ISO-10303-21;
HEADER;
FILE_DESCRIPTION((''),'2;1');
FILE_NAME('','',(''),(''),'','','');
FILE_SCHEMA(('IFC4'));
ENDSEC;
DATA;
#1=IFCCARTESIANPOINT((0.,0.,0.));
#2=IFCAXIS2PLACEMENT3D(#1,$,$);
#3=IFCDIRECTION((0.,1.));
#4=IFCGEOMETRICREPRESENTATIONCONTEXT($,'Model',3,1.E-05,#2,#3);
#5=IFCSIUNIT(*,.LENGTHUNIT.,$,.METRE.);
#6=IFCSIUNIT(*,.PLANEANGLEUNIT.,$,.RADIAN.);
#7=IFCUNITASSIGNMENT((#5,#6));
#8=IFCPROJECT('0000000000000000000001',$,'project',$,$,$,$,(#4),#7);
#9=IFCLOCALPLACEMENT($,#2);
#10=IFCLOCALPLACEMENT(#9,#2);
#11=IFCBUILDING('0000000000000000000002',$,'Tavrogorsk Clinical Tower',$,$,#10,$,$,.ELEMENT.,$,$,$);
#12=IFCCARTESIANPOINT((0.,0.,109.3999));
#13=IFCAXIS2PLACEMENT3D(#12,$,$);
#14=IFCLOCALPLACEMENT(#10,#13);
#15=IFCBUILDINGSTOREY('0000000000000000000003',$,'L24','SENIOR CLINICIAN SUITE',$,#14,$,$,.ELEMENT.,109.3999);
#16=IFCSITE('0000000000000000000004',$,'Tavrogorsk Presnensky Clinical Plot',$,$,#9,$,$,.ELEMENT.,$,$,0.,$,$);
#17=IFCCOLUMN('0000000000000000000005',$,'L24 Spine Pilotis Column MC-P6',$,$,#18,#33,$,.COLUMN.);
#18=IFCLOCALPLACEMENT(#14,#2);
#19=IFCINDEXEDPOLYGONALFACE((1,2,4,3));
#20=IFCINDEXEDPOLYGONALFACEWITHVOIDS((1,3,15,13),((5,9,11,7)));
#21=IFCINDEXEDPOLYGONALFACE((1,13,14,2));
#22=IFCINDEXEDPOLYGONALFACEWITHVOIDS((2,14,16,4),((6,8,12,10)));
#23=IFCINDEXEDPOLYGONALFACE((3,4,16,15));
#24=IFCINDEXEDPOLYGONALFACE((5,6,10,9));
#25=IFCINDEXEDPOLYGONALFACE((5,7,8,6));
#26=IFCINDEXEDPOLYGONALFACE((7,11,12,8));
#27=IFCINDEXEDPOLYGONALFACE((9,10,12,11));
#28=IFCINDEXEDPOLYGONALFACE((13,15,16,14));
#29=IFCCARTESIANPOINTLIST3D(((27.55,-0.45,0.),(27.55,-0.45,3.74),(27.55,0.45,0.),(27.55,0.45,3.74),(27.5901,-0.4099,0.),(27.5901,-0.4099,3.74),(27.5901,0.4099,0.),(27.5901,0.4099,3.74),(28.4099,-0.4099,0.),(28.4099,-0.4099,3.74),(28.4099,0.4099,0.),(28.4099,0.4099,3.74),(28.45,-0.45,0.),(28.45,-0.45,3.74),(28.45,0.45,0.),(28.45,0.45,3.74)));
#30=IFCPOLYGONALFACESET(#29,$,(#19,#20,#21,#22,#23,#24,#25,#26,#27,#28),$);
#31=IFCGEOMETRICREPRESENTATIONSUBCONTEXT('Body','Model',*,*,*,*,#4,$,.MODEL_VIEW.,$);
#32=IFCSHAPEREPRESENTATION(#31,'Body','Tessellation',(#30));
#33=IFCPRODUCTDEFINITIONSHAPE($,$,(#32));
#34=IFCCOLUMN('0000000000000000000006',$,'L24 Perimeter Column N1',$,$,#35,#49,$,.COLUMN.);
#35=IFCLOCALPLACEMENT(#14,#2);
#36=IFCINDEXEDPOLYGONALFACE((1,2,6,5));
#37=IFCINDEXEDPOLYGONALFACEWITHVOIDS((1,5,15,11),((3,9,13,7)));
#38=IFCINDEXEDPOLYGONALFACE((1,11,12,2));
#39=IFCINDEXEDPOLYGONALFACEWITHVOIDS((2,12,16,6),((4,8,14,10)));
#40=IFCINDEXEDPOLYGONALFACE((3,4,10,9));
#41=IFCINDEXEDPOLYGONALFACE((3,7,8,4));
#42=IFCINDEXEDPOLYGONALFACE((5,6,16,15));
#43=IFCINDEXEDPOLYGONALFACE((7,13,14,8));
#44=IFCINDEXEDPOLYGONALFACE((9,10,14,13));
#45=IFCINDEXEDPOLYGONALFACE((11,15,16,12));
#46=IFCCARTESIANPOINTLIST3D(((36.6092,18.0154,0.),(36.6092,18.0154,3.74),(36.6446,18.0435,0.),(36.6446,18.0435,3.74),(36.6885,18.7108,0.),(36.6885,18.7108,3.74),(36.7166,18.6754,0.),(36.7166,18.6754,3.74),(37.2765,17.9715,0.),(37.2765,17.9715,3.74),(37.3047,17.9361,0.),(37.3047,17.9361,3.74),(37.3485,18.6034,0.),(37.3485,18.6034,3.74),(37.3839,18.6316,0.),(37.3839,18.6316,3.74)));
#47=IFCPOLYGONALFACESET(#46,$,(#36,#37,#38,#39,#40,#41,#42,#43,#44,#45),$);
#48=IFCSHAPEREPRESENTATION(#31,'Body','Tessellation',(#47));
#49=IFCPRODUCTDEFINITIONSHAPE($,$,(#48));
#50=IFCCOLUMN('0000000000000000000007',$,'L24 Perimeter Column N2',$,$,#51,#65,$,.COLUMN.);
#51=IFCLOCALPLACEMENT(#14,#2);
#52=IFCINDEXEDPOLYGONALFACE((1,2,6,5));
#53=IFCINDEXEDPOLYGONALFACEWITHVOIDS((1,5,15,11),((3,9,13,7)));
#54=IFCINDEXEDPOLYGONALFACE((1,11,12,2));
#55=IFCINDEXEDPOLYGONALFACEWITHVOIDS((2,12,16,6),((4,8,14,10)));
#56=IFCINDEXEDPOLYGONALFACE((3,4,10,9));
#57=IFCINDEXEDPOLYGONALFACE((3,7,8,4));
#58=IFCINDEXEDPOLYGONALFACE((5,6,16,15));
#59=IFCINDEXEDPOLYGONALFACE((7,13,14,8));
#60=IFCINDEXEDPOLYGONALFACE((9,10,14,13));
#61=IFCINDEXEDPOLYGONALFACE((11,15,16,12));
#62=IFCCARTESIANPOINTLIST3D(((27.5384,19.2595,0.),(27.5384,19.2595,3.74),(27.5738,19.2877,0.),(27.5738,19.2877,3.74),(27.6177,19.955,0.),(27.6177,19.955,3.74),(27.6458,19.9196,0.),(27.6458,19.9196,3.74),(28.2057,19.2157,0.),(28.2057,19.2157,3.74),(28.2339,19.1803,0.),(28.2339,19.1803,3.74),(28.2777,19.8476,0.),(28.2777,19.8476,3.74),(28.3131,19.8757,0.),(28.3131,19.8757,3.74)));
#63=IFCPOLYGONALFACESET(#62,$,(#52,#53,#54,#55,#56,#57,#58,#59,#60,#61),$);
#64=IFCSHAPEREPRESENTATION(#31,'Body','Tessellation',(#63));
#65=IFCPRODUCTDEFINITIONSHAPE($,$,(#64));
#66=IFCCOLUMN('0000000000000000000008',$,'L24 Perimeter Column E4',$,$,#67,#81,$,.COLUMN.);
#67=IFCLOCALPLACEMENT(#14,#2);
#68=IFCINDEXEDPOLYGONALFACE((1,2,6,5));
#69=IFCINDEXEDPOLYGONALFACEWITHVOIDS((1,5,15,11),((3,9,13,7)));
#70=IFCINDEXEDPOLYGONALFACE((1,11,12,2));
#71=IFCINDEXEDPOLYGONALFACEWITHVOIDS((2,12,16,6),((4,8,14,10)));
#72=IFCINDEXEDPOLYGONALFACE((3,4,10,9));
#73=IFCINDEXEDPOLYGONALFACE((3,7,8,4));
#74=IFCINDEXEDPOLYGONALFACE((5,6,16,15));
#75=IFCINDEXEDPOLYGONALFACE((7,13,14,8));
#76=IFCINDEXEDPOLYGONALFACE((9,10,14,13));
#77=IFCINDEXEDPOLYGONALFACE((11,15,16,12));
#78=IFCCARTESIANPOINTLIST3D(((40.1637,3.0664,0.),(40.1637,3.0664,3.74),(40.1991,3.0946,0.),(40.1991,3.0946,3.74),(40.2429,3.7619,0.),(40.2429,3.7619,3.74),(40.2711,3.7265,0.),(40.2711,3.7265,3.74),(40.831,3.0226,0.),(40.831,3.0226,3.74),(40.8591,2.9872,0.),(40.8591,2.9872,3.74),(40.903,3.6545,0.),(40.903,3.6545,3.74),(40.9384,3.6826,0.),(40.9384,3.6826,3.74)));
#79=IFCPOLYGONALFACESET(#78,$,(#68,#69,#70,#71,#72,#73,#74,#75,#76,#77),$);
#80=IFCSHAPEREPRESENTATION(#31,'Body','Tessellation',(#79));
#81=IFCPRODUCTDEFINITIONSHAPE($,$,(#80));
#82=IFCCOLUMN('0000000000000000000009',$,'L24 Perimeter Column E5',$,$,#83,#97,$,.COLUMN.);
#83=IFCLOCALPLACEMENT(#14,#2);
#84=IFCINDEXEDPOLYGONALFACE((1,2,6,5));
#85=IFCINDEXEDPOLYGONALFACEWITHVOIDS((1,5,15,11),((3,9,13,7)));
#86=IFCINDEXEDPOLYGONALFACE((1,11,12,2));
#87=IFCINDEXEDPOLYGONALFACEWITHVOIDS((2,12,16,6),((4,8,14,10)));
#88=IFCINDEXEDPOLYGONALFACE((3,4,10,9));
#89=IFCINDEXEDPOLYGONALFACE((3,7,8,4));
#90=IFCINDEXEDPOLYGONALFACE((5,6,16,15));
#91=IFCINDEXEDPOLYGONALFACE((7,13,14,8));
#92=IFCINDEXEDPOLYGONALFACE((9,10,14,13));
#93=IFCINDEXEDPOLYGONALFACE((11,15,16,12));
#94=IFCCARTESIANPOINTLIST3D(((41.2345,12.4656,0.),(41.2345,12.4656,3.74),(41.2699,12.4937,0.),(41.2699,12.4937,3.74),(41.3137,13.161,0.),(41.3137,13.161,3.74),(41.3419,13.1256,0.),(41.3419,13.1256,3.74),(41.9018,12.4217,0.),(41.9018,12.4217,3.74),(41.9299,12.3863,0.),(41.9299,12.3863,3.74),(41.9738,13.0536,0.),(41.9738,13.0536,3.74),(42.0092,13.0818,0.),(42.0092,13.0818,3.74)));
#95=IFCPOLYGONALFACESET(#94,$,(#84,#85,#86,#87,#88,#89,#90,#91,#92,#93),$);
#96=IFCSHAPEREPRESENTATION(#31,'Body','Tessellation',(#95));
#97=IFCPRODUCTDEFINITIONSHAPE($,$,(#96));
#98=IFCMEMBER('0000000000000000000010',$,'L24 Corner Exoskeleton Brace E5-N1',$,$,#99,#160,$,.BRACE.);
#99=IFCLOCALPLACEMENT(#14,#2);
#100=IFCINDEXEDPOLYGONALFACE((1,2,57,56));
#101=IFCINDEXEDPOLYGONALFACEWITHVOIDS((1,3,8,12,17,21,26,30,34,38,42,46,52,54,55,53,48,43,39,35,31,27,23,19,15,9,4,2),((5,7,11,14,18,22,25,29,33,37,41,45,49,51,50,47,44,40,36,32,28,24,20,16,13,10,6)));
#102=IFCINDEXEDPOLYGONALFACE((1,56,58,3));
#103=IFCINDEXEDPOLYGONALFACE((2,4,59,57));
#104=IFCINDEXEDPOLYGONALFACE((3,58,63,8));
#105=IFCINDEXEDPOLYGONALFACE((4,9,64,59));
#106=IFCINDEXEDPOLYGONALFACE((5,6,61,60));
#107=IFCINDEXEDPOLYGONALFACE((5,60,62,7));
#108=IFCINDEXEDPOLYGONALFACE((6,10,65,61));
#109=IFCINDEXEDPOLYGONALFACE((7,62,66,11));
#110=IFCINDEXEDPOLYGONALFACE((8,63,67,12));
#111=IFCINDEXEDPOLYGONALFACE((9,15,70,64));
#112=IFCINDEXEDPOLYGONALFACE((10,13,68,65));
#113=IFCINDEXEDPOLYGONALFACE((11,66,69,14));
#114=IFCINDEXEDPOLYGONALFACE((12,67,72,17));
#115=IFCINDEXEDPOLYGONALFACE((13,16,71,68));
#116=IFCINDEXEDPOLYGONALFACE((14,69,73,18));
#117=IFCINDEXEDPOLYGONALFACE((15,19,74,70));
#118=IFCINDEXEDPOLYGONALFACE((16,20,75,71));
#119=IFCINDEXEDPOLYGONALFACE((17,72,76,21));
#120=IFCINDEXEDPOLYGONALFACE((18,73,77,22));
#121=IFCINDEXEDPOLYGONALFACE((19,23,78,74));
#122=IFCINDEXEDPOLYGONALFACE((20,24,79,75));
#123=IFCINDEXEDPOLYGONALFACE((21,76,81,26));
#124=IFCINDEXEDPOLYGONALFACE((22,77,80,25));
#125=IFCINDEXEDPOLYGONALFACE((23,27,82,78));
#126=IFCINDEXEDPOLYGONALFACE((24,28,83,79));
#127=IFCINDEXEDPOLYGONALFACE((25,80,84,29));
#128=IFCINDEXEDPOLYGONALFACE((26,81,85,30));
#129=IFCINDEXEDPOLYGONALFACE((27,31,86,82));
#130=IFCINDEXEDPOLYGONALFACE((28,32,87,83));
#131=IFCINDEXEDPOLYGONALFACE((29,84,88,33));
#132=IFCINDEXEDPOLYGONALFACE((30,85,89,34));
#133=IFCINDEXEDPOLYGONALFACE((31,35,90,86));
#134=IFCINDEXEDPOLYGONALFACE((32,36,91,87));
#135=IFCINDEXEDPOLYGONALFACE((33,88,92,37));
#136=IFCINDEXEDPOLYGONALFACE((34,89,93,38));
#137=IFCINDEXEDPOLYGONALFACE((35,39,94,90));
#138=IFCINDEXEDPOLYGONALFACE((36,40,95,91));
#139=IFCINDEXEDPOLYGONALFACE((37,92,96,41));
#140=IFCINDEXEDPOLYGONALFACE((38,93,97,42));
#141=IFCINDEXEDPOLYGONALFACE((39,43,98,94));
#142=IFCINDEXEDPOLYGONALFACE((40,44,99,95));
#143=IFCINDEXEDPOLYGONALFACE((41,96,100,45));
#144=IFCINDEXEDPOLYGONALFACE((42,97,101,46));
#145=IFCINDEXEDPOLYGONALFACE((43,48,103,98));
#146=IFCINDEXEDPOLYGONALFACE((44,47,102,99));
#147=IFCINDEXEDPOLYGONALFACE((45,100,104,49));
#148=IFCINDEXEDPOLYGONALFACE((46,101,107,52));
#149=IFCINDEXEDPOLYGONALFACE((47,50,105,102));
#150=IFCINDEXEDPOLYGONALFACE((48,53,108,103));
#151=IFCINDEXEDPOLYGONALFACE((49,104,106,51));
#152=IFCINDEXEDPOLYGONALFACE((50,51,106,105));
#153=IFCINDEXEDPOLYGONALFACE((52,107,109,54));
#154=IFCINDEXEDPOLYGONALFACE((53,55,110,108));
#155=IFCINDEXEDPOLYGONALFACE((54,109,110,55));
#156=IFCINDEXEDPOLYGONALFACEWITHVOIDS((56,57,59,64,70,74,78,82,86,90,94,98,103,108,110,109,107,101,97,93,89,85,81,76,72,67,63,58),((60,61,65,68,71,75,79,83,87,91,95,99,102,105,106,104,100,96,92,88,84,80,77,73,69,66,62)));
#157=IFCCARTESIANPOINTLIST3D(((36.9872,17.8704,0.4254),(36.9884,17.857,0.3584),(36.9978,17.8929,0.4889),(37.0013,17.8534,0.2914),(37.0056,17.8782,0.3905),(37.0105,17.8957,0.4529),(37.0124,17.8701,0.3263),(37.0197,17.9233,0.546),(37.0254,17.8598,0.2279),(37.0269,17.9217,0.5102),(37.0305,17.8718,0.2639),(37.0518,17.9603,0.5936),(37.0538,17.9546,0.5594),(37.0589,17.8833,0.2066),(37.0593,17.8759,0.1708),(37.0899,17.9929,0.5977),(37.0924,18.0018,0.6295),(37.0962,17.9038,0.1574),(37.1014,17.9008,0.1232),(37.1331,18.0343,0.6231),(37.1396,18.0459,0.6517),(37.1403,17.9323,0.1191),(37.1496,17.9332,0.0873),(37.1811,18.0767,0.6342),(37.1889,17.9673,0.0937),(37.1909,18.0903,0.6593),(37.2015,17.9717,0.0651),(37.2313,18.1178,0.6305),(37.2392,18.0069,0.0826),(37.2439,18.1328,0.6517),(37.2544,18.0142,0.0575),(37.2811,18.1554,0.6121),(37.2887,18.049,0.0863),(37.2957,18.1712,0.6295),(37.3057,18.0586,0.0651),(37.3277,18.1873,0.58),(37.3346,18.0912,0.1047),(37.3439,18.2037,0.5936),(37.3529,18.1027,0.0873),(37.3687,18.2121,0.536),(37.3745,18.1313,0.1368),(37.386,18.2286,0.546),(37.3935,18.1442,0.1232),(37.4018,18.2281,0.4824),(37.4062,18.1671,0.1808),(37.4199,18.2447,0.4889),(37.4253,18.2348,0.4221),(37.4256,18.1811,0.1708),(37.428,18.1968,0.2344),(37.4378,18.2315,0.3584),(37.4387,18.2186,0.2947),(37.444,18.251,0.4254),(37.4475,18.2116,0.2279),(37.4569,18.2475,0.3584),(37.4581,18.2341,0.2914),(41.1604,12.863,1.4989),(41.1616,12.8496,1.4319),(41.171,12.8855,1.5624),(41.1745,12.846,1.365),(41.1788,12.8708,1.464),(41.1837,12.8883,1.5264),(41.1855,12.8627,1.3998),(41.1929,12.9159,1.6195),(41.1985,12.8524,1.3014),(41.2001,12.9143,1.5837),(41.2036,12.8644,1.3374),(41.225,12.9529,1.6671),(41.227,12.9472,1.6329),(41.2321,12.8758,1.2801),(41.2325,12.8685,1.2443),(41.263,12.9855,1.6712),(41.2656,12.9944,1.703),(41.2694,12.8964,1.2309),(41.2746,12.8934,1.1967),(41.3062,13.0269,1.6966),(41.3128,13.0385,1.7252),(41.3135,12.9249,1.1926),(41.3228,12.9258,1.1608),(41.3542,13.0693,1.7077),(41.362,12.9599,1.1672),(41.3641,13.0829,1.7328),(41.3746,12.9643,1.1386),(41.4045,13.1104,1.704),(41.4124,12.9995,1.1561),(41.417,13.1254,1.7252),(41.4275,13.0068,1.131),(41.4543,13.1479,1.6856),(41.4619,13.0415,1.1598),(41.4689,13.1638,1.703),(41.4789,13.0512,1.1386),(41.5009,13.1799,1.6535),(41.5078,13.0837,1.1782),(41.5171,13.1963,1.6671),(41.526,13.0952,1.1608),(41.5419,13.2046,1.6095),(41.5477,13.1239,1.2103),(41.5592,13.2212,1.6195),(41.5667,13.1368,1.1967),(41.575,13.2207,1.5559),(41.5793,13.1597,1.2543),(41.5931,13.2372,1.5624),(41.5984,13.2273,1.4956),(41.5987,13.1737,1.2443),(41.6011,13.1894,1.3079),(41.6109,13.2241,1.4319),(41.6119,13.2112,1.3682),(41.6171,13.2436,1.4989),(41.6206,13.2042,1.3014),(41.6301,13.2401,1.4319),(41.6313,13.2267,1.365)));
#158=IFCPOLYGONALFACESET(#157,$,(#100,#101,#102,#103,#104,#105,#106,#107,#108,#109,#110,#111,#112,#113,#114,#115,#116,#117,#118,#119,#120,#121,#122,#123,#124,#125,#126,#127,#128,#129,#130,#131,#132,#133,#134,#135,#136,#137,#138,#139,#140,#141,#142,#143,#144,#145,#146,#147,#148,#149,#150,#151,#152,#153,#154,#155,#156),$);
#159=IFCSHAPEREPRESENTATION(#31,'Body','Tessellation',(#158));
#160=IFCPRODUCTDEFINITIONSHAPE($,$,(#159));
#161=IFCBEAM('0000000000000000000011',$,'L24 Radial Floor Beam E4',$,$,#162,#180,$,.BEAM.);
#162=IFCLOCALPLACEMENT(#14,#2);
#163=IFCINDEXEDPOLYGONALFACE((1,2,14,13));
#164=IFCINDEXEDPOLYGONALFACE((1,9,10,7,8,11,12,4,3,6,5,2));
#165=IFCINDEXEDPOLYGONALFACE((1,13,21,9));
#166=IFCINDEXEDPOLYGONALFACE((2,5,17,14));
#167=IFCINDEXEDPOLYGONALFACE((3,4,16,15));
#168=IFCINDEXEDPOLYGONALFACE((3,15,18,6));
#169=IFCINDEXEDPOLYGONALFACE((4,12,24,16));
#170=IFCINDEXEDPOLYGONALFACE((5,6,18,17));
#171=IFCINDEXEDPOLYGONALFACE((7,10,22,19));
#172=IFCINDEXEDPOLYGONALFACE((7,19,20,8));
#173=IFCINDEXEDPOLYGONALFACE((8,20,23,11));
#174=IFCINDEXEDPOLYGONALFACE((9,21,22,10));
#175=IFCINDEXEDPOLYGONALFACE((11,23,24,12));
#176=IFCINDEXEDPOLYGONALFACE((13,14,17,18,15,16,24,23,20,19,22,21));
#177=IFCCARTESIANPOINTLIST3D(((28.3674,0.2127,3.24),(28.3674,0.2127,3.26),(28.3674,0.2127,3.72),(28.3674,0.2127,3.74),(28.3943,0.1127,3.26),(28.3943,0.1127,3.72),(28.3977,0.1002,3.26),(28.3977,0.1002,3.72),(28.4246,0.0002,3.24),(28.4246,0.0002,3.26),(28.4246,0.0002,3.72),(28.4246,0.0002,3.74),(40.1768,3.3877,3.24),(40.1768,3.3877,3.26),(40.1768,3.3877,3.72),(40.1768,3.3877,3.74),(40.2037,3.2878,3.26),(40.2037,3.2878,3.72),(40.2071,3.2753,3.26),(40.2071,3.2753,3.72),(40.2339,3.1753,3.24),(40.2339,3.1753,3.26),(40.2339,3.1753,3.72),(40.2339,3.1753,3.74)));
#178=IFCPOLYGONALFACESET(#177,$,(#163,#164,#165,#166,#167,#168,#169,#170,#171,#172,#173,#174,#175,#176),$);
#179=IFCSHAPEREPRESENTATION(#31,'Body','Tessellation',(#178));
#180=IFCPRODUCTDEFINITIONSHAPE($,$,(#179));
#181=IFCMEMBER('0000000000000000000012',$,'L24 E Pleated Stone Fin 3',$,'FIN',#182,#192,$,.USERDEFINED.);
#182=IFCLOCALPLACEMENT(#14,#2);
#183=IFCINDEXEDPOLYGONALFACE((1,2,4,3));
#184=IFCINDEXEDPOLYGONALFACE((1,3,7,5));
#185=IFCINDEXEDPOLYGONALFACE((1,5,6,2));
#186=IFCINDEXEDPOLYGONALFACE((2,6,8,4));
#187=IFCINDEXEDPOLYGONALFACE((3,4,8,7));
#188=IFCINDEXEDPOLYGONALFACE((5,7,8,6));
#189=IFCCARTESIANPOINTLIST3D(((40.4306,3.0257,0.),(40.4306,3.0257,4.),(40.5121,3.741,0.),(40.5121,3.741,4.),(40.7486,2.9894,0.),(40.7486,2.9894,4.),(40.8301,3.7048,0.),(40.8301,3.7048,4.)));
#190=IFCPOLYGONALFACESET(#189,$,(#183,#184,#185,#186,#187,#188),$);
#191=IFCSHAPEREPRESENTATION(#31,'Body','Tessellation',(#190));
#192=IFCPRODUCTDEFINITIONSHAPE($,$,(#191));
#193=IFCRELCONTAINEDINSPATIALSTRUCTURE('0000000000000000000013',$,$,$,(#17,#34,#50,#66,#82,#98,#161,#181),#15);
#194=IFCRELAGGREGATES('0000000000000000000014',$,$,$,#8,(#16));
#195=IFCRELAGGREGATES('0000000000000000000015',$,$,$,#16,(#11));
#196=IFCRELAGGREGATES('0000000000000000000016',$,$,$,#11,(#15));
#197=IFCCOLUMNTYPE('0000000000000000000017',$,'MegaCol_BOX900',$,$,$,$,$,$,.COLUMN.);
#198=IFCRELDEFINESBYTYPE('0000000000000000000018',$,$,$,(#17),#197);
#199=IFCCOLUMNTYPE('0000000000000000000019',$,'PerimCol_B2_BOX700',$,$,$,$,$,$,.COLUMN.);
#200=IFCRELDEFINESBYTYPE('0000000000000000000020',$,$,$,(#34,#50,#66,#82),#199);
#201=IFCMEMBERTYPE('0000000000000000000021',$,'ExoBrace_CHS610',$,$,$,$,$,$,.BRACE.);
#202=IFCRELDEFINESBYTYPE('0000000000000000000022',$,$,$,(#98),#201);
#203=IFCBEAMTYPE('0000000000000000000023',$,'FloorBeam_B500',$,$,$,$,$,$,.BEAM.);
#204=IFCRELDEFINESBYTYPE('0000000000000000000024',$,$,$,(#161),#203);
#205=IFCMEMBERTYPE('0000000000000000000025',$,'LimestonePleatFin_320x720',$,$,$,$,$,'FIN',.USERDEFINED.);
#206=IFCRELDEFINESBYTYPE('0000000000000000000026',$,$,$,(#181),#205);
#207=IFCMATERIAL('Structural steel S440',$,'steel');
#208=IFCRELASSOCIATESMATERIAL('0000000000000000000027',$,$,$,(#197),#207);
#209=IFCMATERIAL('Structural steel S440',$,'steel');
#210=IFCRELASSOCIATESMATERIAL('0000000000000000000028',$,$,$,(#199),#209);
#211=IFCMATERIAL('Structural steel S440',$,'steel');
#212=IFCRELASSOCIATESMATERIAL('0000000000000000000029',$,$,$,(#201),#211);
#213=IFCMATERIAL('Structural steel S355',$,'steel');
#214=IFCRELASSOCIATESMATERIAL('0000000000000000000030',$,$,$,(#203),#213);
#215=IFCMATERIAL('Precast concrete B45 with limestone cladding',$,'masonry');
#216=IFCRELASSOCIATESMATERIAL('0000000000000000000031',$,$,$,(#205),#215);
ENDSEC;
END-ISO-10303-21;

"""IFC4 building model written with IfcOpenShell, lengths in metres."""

from ifc_helpers import new_model, si_unit, direction, frame, origin, origin_2d, place, context, subcontext, project, spatial, rectangle, hollow_rectangle, hollow_circle, i_section, extrude, material, material_profile, profile_set, type_object, element, save


model = new_model("IFC4")

# Units and contexts
model_context = context("Model", 3, precision=1e-05, world=origin(), true_north=direction((0.0, 1.0)))
body_context = subcontext(model_context, "Body", "Model", "MODEL_VIEW")
ifc_project = project(units=[si_unit("LENGTHUNIT", "METRE"), si_unit("PLANEANGLEUNIT", "RADIAN")], contexts=[model_context])

# Site, building, storey
site_placement = place(None, origin())
site = spatial("IfcSite", under=ifc_project, at=site_placement, Name="Tavrogorsk Presnensky Clinical Plot", CompositionType="ELEMENT", RefElevation=0.0)
building_placement = place(site_placement, origin())
building = spatial("IfcBuilding", under=site, at=building_placement, Name="Tavrogorsk Clinical Tower", CompositionType="ELEMENT")
storey_placement = place(building_placement, frame((0.0, 0.0, 109.3999)))
storey = spatial("IfcBuildingStorey", under=building, at=storey_placement, Name="L24", Description="SENIOR CLINICIAN SUITE", CompositionType="ELEMENT", Elevation=109.3999)

# Columns
ifc_material_1 = material(Name="Structural steel S440", Category="steel")
ifc_material_profile_1 = material_profile(ifc_material_1, hollow_rectangle(XDim=0.8999, YDim=0.8999, WallThickness=0.04, at=origin_2d()), Name="BOX-900x900x40")
ifc_profile_set_1 = profile_set([ifc_material_profile_1], Name="Structural steel S440")
column_type_1 = type_object("IfcColumnType", Name="MegaCol_BOX900", PredefinedType="COLUMN", material=ifc_profile_set_1)
column_placement = place(storey_placement, frame((28.0, 0.0, 0.0), z_axis=(0.0, 0.0, 1.0), x_axis=(1.0, 0.0, 0.0)))
element("IfcColumn", 1, at=column_placement, inside=storey, type_object=column_type_1, Name="L24 Spine Pilotis Column MC-P6", PredefinedType="COLUMN", context=body_context, shape_type="SweptSolid", body=[
    extrude(hollow_rectangle(XDim=0.8999, YDim=0.8999, WallThickness=0.04, at=origin_2d()), origin(), (0.0, 0.0, 1.0), 3.74),
])
ifc_material_2 = material(Name="Structural steel S440", Category="steel")
ifc_material_profile_2 = material_profile(ifc_material_2, hollow_rectangle(XDim=0.7, YDim=0.7, WallThickness=0.032, at=origin_2d()), Name="BOX-700x700x32")
ifc_profile_set_2 = profile_set([ifc_material_profile_2], Name="Structural steel S440")
column_type_2 = type_object("IfcColumnType", Name="PerimCol_B2_BOX700", PredefinedType="COLUMN", material=ifc_profile_set_2)
for number, where, z_axis, x_axis, name in (
    (2, (36.9966, 18.3235, 0.0), (0.0, 0.0, 1.0), (0.993572, -0.113203, 0.0), "L24 Perimeter Column N1"),
    (3, (27.9258, 19.5676, 0.0), (0.0, 0.0, 1.0), (0.993572, -0.113203, 0.0), "L24 Perimeter Column N2"),
    (4, (40.551, 3.3745, 0.0), (0.0, 0.0, 1.0), (0.993572, -0.113203, 0.0), "L24 Perimeter Column E4"),
    (5, (41.6218, 12.7737, 0.0), (0.0, 0.0, 1.0), (0.993572, -0.113203, 0.0), "L24 Perimeter Column E5"),
):
    element("IfcColumn", number, at=place(storey_placement, frame(where, z_axis=z_axis, x_axis=x_axis)), inside=storey, type_object=column_type_2, Name=name, PredefinedType="COLUMN", context=body_context, shape_type="SweptSolid", body=[
        extrude(hollow_rectangle(XDim=0.7, YDim=0.7, WallThickness=0.032, at=origin_2d()), origin(), (0.0, 0.0, 1.0), 3.74),
    ])

# Member
ifc_material_3 = material(Name="Structural steel S440", Category="steel")
ifc_material_profile_3 = material_profile(ifc_material_3, hollow_circle(Radius=0.3049, WallThickness=0.0249, at=origin_2d()), Name="CHS-610x25")
ifc_profile_set_3 = profile_set([ifc_material_profile_3], Name="Structural steel S440")
member_type_1 = type_object("IfcMemberType", Name="ExoBrace_CHS610", PredefinedType="BRACE", material=ifc_profile_set_3)
member_placement = place(storey_placement, frame((37.2227, 18.0522, 0.3584), z_axis=(0.631705, -0.757986, 0.1625), x_axis=(0.768197, 0.640214, 0.0)))
element("IfcMember", 6, at=member_placement, inside=storey, type_object=member_type_1, Name="L24 Corner Exoskeleton Brace E5-N1", PredefinedType="BRACE", context=body_context, shape_type="SweptSolid", body=[
    extrude(hollow_circle(Radius=0.3049, WallThickness=0.0249, at=origin_2d()), origin(), (0.0, 0.0, 1.0), 6.6062),
])

# Beam
ifc_material_4 = material(Name="Structural steel S355", Category="steel")
ifc_material_profile_4 = material_profile(ifc_material_4, i_section(OverallWidth=0.22, OverallDepth=0.5, WebThickness=0.0129, FlangeThickness=0.02, at=origin_2d()), Name="B-500x220x13x20")
ifc_profile_set_4 = profile_set([ifc_material_profile_4], Name="Structural steel S355")
beam_type_1 = type_object("IfcBeamType", Name="FloorBeam_B500", PredefinedType="BEAM", material=ifc_profile_set_4)
beam_1_placement = place(storey_placement, frame((28.396, 0.1064, 3.49), z_axis=(0.965706, 0.259639, 0.0), x_axis=(-0.259639, 0.965706, 0.0)))
element("IfcBeam", 7, at=beam_1_placement, inside=storey, type_object=beam_type_1, Name="L24 Radial Floor Beam E4", PredefinedType="BEAM", context=body_context, shape_type="SweptSolid", body=[
    extrude(i_section(OverallWidth=0.22, OverallDepth=0.5, WebThickness=0.0129, FlangeThickness=0.02, at=origin_2d()), origin(), (0.0, 0.0, 1.0), 12.2288),
])

# Member
ifc_material_5 = material(Name="Precast concrete B45 with limestone cladding", Category="masonry")
ifc_material_profile_5 = material_profile(ifc_material_5, rectangle(XDim=0.3201, YDim=0.72, at=origin_2d()), Name="LIMESTONE-FIN-320x720")
ifc_profile_set_5 = profile_set([ifc_material_profile_5], Name="Precast concrete B45 with limestone cladding")
member_type_2 = type_object("IfcMemberType", Name="LimestonePleatFin_320x720", ElementType="FIN", PredefinedType="USERDEFINED", material=ifc_profile_set_5)
for number, where, z_axis, x_axis, name in (
    (8, (40.6304, 3.3652, 0.0), (0.0, 0.0, 1.0), (0.993572, -0.113203, 0.0), "L24 E Pleated Stone Fin 3"),
):
    element("IfcMember", number, at=place(storey_placement, frame(where, z_axis=z_axis, x_axis=x_axis)), inside=storey, type_object=member_type_2, Name=name, ObjectType="FIN", PredefinedType="USERDEFINED", context=body_context, shape_type="SweptSolid", body=[
        extrude(rectangle(XDim=0.3201, YDim=0.72, at=origin_2d()), origin(), (0.0, 0.0, 1.0), 4.0),
    ])

save(model, "model.ifc")
